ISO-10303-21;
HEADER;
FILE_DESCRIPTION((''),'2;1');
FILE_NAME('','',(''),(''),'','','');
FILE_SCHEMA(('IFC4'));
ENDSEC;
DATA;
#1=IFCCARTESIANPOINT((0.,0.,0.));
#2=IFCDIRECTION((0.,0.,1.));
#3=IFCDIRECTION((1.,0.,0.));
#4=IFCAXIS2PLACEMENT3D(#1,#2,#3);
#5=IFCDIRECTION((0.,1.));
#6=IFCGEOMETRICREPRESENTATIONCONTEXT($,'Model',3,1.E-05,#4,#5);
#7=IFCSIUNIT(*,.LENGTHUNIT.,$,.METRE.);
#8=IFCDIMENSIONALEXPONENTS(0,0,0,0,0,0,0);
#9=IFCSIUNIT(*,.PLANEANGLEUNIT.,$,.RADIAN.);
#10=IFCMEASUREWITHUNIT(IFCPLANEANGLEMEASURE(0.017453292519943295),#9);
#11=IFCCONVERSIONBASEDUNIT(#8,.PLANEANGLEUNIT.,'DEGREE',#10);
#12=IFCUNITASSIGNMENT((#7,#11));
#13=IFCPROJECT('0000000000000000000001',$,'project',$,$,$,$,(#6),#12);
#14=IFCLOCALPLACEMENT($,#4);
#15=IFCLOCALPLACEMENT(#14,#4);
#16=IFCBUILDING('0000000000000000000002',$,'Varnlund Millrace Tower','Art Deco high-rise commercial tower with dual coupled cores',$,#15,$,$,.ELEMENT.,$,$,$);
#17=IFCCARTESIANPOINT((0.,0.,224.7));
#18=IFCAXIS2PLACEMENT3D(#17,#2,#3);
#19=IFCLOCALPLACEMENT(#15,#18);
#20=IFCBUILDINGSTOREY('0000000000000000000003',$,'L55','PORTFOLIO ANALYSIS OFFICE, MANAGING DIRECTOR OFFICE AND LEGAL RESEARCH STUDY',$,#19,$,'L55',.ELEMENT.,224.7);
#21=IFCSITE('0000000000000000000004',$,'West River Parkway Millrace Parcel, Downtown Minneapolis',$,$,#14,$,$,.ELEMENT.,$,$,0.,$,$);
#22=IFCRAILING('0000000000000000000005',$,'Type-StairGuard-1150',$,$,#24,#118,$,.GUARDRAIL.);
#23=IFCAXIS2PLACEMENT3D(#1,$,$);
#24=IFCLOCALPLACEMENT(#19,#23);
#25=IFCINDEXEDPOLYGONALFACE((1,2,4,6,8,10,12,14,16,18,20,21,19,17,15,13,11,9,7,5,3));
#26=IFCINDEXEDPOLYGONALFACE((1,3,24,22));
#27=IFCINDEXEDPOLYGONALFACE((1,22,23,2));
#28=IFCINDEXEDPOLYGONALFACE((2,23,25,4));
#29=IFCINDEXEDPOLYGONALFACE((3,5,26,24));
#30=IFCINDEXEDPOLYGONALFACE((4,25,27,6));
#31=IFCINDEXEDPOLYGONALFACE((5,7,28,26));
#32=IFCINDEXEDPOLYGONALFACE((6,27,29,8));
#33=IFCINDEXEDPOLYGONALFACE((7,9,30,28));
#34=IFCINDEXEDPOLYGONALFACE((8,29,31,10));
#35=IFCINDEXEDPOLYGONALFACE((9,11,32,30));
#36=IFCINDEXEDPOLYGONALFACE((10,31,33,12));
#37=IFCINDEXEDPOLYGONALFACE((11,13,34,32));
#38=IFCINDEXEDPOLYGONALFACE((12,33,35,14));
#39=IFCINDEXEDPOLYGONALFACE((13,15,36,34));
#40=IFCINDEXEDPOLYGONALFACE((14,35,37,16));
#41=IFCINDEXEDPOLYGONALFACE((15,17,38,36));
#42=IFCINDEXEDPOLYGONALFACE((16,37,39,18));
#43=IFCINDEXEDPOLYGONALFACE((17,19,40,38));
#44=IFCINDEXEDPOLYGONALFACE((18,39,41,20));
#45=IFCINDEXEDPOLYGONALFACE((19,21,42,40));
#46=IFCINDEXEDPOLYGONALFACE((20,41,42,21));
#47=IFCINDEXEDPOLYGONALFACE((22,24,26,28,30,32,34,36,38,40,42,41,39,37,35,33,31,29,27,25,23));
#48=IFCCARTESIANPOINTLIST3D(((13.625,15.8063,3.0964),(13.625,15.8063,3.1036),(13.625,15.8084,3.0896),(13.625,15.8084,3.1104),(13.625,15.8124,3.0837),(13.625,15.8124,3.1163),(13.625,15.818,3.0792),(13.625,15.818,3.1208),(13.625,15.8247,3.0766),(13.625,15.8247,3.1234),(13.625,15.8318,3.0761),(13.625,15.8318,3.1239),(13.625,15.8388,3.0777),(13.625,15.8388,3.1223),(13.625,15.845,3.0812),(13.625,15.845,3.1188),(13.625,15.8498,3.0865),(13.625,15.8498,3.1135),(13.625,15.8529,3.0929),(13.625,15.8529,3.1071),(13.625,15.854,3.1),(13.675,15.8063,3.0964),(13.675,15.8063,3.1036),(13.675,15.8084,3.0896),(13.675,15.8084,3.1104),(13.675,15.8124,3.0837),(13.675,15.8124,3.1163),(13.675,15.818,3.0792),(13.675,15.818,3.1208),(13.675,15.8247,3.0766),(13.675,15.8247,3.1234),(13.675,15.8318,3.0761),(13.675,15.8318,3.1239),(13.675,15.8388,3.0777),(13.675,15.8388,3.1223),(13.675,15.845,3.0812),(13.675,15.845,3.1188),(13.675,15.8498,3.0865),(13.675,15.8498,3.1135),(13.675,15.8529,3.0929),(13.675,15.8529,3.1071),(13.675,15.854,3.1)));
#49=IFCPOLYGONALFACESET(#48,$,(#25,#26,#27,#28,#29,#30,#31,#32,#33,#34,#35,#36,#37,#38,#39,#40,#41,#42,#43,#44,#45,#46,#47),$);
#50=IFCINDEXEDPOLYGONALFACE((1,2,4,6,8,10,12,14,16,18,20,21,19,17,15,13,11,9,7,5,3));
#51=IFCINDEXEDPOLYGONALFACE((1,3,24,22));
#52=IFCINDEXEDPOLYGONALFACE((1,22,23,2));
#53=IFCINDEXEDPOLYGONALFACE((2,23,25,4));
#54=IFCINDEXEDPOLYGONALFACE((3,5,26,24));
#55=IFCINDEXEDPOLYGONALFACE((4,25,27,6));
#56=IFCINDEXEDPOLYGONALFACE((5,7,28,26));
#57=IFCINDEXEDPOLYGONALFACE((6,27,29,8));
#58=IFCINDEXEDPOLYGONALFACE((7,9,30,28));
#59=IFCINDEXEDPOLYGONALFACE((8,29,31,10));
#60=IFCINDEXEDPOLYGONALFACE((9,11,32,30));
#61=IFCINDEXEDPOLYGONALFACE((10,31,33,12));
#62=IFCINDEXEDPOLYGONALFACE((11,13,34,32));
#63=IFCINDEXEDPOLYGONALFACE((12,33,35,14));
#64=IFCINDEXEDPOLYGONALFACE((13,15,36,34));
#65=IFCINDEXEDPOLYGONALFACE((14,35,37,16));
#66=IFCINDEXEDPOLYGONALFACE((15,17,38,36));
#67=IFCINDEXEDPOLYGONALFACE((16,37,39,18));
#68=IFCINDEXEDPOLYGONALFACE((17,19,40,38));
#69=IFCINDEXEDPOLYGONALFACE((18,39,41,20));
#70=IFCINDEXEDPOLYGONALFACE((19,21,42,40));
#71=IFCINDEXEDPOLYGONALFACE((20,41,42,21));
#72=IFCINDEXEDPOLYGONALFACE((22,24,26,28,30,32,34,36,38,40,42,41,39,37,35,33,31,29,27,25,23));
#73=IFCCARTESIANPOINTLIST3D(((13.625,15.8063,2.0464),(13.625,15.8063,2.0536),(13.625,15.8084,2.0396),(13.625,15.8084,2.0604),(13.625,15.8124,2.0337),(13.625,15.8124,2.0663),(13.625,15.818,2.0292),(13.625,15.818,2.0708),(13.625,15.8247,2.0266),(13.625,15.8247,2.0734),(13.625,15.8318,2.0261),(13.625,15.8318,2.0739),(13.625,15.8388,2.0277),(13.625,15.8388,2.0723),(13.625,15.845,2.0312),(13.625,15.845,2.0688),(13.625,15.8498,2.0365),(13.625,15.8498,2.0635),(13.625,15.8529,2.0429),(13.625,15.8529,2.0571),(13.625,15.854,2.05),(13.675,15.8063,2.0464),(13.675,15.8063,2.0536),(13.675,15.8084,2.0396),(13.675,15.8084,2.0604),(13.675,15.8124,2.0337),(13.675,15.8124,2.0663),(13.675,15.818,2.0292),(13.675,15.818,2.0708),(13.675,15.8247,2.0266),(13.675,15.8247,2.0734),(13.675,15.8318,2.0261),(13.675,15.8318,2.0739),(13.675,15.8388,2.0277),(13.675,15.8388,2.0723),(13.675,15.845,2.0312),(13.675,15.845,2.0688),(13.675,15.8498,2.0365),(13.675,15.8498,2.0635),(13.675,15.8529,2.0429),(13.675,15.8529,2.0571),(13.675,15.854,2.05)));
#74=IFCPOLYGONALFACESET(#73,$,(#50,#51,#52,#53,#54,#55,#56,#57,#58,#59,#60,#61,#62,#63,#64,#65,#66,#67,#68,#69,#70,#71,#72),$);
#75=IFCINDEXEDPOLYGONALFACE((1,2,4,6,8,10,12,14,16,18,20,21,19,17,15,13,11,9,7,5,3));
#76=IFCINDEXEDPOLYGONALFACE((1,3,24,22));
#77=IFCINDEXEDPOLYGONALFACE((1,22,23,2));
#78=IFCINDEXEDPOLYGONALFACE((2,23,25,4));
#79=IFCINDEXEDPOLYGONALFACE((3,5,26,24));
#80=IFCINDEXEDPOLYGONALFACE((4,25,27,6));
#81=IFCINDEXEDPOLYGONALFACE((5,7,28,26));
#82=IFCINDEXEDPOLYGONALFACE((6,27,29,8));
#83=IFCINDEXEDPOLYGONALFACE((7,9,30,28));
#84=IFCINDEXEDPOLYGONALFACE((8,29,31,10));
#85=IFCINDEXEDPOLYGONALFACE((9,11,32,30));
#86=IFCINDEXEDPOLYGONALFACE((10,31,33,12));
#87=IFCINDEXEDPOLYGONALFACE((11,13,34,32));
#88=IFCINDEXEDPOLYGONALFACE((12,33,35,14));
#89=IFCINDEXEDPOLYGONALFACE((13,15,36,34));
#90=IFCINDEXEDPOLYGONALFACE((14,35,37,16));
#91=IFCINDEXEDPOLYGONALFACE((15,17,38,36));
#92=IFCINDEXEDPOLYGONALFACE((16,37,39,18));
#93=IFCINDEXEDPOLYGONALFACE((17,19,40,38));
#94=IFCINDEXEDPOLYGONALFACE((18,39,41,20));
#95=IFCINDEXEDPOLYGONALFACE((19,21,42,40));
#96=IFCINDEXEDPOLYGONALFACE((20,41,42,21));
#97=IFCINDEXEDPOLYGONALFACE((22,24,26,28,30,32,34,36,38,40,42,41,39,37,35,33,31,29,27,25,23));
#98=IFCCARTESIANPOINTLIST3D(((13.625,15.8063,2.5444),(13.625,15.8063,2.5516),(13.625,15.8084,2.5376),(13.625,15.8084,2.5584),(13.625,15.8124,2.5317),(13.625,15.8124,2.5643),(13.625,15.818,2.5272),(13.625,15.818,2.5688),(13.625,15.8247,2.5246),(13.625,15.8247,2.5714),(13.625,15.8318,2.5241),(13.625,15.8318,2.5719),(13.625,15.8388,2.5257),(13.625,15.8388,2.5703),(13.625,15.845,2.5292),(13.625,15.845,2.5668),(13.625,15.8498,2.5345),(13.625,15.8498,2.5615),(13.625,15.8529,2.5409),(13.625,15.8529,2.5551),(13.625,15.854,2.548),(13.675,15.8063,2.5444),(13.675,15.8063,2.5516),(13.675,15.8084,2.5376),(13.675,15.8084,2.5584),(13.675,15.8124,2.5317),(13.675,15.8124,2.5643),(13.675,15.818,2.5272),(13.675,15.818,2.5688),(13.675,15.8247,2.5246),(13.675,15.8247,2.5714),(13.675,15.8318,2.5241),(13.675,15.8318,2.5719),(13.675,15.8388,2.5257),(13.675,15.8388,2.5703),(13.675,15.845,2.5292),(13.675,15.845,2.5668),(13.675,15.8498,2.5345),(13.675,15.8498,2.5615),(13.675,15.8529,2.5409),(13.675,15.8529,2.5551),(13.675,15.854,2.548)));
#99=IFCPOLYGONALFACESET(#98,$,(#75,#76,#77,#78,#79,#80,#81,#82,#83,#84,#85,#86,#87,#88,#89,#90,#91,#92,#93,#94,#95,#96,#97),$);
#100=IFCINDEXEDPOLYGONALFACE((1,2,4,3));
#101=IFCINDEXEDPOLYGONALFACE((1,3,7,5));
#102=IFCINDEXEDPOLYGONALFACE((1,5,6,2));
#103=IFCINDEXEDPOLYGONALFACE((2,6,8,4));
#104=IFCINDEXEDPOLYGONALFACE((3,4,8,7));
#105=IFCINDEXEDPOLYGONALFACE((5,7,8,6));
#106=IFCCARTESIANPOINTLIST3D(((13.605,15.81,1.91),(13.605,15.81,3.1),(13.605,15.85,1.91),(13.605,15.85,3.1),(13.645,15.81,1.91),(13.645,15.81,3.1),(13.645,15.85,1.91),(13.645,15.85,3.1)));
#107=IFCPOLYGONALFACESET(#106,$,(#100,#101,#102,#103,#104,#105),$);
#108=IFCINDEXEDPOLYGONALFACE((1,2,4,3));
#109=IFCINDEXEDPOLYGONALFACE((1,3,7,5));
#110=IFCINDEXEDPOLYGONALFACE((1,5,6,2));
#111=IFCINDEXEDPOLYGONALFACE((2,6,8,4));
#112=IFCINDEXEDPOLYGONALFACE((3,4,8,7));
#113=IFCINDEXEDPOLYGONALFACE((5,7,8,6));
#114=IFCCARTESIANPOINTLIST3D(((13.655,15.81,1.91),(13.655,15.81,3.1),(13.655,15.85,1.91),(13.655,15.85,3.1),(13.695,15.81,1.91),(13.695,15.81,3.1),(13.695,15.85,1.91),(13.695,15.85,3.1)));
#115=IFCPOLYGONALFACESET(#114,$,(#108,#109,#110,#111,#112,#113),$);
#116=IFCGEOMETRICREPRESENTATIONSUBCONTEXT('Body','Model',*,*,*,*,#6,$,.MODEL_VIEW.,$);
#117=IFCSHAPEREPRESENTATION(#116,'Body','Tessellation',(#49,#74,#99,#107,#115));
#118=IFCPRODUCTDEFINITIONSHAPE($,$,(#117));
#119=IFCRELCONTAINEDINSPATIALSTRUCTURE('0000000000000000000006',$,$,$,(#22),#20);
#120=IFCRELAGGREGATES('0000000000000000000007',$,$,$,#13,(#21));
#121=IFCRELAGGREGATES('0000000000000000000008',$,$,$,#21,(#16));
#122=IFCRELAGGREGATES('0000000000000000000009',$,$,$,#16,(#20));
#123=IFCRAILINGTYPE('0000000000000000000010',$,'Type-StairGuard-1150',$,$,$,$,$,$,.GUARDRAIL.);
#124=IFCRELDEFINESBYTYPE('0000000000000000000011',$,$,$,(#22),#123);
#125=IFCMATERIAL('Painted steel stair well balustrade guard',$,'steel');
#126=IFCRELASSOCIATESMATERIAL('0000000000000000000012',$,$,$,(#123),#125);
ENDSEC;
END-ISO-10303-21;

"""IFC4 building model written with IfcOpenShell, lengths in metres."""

from ifc_helpers import new_model, entity, si_unit, converted_unit, direction, frame, origin_with_axes, origin_2d_with_axis, place, context, subcontext, project, spatial, rectangle, circle, extrude, material, type_object, element, save


model = new_model("IFC4")

# Units and contexts
model_context = context("Model", 3, precision=1e-05, world=origin_with_axes(), true_north=direction((0.0, 1.0)))
body_context = subcontext(model_context, "Body", "Model", "MODEL_VIEW")
ifc_project = project(units=[si_unit("LENGTHUNIT", "METRE"), converted_unit("PLANEANGLEUNIT", "DEGREE", entity("IfcPlaneAngleMeasure", 0.017453292519943295), si_unit("PLANEANGLEUNIT", "RADIAN"), dimensions=[0, 0, 0, 0, 0, 0, 0])], contexts=[model_context])

# Site, building, storey
site_placement = place(None, origin_with_axes())
site = spatial("IfcSite", under=ifc_project, at=site_placement, Name="West River Parkway Millrace Parcel, Downtown Minneapolis", CompositionType="ELEMENT", RefElevation=0.0)
building_placement = place(site_placement, origin_with_axes())
building = spatial("IfcBuilding", under=site, at=building_placement, Name="Varnlund Millrace Tower", Description="Art Deco high-rise commercial tower with dual coupled cores", CompositionType="ELEMENT")
storey_placement = place(building_placement, frame((0.0, 0.0, 224.7), z_axis=(0.0, 0.0, 1.0), x_axis=(1.0, 0.0, 0.0)))
storey = spatial("IfcBuildingStorey", under=building, at=storey_placement, Name="L55", Description="PORTFOLIO ANALYSIS OFFICE, MANAGING DIRECTOR OFFICE AND LEGAL RESEARCH STUDY", LongName="L55", CompositionType="ELEMENT", Elevation=224.7)

# Railing
ifc_material_1 = material(Name="Painted steel stair well balustrade guard", Category="steel")
railing_type_1 = type_object("IfcRailingType", Name="Type-StairGuard-1150", PredefinedType="GUARDRAIL", material=ifc_material_1)
railing_1_placement = place(storey_placement, frame((0.0, 0.0, -224.7), z_axis=(0.0, 0.0, 1.0), x_axis=(1.0, 0.0, 0.0)))
element("IfcRailing", 1, at=railing_1_placement, inside=storey, type_object=railing_type_1, Name="Type-StairGuard-1150", PredefinedType="GUARDRAIL", context=body_context, shape_type="SweptSolid", body=[
    extrude(circle(Radius=0.024, at=origin_2d_with_axis()), frame((13.625, 15.83, 227.8), z_axis=(1.0, 0.0, 0.0), x_axis=(0.0, 1.0, 0.0)), (0.0, 0.0, 1.0), 0.05),
    extrude(circle(Radius=0.024, at=origin_2d_with_axis()), frame((13.625, 15.83, 226.75), z_axis=(1.0, 0.0, 0.0), x_axis=(0.0, 1.0, 0.0)), (0.0, 0.0, 1.0), 0.05),
    extrude(circle(Radius=0.024, at=origin_2d_with_axis()), frame((13.625, 15.83, 227.248), z_axis=(1.0, 0.0, 0.0), x_axis=(0.0, 1.0, 0.0)), (0.0, 0.0, 1.0), 0.05),
    extrude(rectangle(XDim=0.04, YDim=0.04, at=origin_2d_with_axis()), frame((13.625, 15.83, 226.61), z_axis=(0.0, 0.0, 1.0), x_axis=(1.0, 0.0, 0.0)), (0.0, 0.0, 1.0), 1.19),
    extrude(rectangle(XDim=0.04, YDim=0.04, at=origin_2d_with_axis()), frame((13.675, 15.83, 226.61), z_axis=(0.0, 0.0, 1.0), x_axis=(1.0, 0.0, 0.0)), (0.0, 0.0, 1.0), 1.19),
])

save(model, "model.ifc")
